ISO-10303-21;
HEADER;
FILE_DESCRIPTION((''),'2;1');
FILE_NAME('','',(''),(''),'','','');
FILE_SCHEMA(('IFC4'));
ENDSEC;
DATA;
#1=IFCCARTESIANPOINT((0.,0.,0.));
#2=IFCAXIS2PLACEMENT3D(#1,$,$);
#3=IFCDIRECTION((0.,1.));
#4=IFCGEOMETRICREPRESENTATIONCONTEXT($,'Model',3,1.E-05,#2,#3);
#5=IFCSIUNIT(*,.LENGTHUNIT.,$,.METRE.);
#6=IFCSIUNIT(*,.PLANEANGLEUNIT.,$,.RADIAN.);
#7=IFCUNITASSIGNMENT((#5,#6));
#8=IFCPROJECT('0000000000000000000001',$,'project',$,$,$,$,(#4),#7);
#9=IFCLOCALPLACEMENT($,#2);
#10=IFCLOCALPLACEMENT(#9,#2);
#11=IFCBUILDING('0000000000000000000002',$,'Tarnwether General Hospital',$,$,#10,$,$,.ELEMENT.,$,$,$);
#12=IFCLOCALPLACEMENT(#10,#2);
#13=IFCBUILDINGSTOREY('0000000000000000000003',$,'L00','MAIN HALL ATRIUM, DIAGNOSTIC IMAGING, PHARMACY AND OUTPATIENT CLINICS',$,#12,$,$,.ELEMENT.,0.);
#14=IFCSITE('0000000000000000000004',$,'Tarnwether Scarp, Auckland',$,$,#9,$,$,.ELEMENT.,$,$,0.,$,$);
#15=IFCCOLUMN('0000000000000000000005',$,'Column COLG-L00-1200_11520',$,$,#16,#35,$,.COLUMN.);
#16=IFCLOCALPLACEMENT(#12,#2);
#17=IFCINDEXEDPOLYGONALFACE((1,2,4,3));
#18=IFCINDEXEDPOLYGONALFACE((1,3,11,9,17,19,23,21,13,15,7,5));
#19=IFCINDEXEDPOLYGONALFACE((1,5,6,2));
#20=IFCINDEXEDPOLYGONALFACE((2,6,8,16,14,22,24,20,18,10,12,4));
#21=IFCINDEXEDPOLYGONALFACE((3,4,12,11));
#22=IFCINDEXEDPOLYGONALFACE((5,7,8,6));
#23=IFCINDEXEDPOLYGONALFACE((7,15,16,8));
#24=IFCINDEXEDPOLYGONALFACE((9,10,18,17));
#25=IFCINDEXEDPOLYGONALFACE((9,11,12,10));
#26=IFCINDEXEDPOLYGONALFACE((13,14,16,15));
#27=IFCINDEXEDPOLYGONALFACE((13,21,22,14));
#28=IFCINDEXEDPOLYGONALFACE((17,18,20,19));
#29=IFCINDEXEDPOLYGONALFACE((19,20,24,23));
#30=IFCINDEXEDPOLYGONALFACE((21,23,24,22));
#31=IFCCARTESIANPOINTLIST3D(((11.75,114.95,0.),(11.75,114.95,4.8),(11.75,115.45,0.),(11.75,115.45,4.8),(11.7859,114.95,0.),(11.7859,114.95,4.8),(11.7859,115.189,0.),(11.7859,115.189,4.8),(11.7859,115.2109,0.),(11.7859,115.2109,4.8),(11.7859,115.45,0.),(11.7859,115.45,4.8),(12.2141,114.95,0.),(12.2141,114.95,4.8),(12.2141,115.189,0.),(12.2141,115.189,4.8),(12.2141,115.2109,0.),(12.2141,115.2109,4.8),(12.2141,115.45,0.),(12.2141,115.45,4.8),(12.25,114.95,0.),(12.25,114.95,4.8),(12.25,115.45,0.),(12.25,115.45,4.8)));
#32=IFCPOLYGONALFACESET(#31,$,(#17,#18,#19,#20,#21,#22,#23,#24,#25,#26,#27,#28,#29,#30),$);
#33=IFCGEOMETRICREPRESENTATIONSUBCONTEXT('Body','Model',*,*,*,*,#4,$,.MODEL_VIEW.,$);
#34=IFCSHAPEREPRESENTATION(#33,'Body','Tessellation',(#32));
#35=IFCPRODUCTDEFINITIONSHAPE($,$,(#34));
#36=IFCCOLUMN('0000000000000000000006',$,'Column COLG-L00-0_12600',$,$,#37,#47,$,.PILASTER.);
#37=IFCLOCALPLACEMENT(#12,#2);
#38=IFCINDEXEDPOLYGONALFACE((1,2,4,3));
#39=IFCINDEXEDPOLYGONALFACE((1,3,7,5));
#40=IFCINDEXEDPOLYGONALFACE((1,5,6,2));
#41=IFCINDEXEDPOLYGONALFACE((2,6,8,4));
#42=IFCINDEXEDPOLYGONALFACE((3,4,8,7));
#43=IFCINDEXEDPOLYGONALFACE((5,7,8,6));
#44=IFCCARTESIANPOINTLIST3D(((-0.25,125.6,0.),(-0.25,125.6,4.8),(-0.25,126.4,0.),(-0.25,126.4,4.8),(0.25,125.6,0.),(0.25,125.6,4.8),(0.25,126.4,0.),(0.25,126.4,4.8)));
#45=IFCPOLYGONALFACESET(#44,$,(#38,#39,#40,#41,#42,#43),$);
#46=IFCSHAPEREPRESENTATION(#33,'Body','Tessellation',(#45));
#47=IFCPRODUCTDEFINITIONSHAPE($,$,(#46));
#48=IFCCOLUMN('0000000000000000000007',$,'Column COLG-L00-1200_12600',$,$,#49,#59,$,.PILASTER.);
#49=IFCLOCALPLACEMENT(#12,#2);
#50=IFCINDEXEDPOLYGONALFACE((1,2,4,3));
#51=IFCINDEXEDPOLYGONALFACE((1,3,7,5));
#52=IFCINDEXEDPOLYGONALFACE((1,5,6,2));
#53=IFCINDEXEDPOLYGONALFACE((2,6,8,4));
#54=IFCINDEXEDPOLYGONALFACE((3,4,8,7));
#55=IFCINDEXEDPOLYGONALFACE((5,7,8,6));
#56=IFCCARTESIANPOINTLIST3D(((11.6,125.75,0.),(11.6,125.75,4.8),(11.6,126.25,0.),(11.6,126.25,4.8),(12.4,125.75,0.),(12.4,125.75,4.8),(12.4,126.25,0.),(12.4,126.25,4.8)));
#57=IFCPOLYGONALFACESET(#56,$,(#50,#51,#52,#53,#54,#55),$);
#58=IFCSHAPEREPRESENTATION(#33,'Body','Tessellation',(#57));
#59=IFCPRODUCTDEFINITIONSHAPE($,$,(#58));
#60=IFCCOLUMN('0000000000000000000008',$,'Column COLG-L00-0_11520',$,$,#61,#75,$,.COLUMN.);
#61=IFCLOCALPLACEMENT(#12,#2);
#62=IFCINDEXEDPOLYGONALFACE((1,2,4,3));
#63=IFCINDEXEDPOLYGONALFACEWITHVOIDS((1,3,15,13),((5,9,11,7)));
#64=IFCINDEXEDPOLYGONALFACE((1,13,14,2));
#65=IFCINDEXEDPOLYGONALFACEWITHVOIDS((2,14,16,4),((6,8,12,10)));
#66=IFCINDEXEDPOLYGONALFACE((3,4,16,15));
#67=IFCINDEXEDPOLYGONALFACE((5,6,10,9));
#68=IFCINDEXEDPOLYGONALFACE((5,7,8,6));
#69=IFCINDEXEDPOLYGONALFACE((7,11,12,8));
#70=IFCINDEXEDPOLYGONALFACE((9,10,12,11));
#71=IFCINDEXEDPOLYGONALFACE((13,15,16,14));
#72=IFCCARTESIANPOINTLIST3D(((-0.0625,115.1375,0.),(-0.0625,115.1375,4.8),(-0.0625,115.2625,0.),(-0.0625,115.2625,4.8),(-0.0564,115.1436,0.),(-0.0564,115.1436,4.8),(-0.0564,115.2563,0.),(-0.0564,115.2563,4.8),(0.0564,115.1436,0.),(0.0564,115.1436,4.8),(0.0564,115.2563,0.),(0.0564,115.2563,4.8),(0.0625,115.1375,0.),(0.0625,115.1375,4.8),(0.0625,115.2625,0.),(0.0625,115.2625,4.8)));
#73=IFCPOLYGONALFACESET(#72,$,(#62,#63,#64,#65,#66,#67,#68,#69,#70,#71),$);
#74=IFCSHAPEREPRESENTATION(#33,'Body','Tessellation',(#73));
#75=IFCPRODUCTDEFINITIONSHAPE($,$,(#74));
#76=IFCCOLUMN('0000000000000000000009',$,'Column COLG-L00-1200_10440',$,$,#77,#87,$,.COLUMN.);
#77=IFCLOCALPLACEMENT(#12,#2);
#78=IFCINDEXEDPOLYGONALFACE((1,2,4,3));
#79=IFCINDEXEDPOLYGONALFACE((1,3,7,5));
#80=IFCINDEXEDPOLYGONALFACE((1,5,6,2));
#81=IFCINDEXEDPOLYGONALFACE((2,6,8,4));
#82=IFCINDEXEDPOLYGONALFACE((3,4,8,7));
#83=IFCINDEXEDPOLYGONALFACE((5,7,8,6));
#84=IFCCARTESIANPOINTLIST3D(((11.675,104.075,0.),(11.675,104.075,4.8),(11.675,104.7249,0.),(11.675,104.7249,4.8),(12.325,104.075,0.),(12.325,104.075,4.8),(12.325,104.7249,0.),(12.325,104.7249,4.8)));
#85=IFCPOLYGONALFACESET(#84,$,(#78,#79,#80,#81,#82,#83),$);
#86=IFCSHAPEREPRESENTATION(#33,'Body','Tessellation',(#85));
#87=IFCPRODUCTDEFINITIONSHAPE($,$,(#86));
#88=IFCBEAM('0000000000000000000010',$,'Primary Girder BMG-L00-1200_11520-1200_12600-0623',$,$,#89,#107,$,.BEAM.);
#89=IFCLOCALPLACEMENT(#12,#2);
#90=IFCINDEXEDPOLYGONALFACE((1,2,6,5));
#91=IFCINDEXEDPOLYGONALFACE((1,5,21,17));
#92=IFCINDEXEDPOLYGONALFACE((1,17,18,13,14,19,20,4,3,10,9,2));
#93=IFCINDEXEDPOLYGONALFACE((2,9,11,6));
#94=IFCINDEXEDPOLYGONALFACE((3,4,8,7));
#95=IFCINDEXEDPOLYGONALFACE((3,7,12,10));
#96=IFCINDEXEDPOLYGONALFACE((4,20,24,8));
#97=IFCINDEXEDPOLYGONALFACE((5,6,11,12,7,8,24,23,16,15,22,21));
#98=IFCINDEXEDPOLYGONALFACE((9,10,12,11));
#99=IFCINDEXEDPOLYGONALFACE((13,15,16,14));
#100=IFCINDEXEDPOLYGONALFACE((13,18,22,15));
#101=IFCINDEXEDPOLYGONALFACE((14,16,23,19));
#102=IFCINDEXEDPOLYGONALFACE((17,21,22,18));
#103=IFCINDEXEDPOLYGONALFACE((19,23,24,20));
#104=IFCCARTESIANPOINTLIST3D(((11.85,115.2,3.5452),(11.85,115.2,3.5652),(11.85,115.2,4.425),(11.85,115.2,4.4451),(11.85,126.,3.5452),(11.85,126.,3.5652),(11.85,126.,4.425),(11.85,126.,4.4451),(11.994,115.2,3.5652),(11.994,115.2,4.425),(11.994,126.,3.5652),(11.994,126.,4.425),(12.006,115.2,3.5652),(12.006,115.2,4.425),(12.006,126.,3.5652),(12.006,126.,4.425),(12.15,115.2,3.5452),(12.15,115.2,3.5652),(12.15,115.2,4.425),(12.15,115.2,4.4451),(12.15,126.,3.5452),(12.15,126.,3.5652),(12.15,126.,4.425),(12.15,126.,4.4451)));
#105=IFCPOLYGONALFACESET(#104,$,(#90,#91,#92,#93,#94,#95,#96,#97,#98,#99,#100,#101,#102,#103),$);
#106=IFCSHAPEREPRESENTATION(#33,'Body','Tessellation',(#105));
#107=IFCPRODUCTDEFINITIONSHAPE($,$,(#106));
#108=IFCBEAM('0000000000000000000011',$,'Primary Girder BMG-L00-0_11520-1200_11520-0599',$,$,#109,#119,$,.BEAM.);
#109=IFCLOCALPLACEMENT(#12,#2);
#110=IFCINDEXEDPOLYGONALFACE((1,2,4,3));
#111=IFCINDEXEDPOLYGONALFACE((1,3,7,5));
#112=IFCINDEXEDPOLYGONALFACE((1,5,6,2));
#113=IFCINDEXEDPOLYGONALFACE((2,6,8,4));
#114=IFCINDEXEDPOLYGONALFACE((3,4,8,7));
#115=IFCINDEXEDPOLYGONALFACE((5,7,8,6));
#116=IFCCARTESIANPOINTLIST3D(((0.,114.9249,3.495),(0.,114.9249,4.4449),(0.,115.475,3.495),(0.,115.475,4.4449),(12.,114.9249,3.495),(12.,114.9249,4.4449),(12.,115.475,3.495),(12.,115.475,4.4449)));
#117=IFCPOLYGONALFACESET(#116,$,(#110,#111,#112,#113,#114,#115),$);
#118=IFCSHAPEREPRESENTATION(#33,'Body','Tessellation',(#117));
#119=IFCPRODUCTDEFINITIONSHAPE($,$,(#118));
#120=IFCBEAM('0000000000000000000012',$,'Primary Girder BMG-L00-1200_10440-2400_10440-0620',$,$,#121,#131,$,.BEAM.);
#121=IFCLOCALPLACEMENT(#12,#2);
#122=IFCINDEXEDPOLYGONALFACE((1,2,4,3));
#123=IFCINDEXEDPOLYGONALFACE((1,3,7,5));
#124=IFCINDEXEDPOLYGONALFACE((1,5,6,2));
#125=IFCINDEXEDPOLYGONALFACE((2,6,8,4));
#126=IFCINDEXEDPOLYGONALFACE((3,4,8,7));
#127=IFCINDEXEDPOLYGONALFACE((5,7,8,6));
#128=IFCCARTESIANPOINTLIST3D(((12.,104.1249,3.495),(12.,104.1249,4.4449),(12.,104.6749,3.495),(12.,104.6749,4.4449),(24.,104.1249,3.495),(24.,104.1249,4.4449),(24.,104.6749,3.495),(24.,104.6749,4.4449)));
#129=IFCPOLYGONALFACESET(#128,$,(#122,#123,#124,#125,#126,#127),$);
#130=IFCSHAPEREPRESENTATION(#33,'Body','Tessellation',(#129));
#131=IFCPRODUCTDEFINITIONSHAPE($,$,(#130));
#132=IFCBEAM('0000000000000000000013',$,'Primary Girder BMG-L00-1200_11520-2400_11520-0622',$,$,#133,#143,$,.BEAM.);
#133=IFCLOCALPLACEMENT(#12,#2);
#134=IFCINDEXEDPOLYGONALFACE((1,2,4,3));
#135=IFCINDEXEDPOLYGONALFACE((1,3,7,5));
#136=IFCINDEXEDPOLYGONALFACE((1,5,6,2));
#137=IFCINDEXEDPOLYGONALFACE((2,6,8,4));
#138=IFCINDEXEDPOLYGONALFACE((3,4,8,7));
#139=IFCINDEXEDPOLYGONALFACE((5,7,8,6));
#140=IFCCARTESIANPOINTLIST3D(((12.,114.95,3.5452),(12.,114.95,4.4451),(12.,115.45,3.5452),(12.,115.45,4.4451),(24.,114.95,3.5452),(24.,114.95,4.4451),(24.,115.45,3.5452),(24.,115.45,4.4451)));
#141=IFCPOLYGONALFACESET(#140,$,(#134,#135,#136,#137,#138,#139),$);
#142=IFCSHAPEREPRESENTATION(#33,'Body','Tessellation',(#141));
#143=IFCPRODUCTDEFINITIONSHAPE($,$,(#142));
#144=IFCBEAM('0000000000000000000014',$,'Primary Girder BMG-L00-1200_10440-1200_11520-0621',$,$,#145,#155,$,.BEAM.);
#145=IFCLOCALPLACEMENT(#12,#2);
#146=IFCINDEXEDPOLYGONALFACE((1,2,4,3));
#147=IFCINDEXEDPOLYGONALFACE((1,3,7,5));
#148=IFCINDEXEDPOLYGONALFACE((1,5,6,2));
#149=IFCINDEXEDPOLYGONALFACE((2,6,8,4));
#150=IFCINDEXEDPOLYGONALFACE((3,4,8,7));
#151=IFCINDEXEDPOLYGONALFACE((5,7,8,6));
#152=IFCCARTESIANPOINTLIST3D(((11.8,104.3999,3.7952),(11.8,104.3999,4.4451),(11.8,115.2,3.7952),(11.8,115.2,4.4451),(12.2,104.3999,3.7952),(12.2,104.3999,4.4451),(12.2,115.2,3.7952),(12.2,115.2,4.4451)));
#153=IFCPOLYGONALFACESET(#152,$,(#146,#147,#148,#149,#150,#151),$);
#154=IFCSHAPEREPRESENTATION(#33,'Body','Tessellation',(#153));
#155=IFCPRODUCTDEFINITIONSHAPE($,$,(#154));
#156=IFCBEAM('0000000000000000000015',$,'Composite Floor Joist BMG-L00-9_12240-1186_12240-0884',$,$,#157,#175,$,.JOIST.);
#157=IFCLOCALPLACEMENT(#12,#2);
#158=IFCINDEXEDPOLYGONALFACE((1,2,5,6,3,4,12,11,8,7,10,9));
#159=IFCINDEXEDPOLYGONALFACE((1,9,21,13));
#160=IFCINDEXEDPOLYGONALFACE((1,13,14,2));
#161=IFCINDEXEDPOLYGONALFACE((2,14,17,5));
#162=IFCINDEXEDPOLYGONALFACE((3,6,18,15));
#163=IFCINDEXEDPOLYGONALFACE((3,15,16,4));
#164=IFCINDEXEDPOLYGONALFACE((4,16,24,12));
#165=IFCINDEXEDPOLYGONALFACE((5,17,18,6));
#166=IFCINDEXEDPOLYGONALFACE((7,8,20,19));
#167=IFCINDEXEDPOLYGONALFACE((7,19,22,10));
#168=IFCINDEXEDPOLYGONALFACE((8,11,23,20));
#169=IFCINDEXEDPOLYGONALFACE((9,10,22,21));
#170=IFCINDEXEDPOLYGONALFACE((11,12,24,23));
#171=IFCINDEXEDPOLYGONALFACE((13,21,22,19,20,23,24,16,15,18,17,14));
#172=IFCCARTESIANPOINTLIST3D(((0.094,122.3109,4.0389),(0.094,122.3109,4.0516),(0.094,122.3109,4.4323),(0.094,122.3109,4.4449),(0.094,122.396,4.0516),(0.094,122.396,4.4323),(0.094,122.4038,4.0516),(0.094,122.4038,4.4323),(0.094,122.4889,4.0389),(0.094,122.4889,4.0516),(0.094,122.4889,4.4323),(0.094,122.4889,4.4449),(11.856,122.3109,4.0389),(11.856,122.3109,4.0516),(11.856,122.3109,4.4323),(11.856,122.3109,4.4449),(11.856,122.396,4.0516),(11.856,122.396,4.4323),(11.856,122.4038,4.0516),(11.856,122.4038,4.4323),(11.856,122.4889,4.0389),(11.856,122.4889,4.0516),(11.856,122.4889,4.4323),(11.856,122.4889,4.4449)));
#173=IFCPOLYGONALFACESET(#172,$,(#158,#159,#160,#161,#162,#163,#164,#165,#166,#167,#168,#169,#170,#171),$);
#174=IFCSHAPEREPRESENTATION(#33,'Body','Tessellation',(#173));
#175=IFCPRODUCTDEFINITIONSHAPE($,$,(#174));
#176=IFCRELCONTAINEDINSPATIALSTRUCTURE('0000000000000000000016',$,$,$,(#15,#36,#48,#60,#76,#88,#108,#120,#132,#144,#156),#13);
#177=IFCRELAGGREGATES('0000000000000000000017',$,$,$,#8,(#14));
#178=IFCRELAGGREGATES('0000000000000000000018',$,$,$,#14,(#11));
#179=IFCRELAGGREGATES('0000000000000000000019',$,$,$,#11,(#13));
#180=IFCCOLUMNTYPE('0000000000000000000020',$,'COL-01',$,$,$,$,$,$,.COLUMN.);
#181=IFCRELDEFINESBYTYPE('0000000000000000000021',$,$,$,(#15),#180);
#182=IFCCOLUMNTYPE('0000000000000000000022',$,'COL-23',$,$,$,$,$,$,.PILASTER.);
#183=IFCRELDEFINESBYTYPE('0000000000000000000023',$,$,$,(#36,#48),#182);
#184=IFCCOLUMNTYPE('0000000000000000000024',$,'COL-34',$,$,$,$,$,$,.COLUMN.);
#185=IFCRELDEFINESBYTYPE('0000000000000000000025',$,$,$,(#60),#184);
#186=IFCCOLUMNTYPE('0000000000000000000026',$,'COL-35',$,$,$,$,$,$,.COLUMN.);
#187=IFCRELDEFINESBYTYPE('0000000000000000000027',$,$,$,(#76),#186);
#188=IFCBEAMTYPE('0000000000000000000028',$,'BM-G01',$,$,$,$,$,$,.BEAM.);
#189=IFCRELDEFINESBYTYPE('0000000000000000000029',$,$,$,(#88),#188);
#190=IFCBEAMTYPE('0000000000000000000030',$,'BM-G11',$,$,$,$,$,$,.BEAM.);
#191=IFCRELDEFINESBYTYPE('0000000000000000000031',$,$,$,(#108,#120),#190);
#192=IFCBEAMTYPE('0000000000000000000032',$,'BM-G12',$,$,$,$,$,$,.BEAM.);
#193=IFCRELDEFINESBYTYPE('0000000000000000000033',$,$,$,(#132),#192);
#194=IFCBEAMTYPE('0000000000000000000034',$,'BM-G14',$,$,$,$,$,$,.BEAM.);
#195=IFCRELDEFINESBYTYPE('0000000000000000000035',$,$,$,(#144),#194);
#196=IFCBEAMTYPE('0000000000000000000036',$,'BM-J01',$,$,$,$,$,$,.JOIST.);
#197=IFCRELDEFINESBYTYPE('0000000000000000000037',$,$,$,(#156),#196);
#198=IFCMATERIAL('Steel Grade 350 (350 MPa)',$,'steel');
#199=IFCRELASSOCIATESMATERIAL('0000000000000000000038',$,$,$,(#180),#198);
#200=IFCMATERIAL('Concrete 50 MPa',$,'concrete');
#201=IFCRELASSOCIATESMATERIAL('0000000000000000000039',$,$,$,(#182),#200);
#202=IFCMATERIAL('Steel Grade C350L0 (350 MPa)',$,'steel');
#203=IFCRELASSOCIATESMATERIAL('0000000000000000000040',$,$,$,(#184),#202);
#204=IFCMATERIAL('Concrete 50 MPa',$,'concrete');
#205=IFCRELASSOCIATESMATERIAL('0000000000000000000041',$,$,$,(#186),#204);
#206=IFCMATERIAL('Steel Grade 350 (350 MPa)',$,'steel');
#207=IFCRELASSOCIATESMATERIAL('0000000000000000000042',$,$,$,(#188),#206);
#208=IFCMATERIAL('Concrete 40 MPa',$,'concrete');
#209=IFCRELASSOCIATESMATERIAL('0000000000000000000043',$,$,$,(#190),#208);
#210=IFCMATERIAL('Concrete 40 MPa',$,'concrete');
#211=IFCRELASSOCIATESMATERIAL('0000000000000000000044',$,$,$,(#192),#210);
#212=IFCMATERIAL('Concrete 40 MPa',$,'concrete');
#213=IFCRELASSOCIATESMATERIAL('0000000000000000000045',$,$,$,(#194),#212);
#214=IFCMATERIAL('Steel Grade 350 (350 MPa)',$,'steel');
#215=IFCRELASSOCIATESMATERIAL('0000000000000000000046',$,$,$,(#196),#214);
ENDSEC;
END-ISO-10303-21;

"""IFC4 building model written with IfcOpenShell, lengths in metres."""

from ifc_helpers import new_model, si_unit, direction, frame, origin, origin_2d, place, context, subcontext, project, spatial, rectangle, hollow_rectangle, i_section, extrude, material, material_profile, profile_set, type_object, element, save


model = new_model("IFC4")

# Units and contexts
model_context = context("Model", 3, precision=1e-05, world=origin(), true_north=direction((0.0, 1.0)))
body_context = subcontext(model_context, "Body", "Model", "MODEL_VIEW")
ifc_project = project(units=[si_unit("LENGTHUNIT", "METRE"), si_unit("PLANEANGLEUNIT", "RADIAN")], contexts=[model_context])

# Site, building, storey
site_placement = place(None, origin())
site = spatial("IfcSite", under=ifc_project, at=site_placement, Name="Tarnwether Scarp, Auckland", CompositionType="ELEMENT", RefElevation=0.0)
building_placement = place(site_placement, origin())
building = spatial("IfcBuilding", under=site, at=building_placement, Name="Tarnwether General Hospital", CompositionType="ELEMENT")
storey_placement = place(building_placement, origin())
storey = spatial("IfcBuildingStorey", under=building, at=storey_placement, Name="L00", Description="MAIN HALL ATRIUM, DIAGNOSTIC IMAGING, PHARMACY AND OUTPATIENT CLINICS", CompositionType="ELEMENT", Elevation=0.0)

# Columns
ifc_material_1 = material(Name="Steel Grade 350 (350 MPa)", Category="steel")
ifc_material_profile_1 = material_profile(ifc_material_1, i_section(OverallWidth=0.5, OverallDepth=0.5, WebThickness=0.022, FlangeThickness=0.0359, at=origin_2d()), Name="500WC380")
ifc_profile_set_1 = profile_set([ifc_material_profile_1], Name="Steel Grade 350 (350 MPa)")
column_type_1 = type_object("IfcColumnType", Name="COL-01", PredefinedType="COLUMN", material=ifc_profile_set_1)
column_1_placement = place(storey_placement, frame((12.0, 115.2, 0.0), z_axis=(0.0, 0.0, 1.0), x_axis=(0.0, 1.0, 0.0)))
element("IfcColumn", 1, at=column_1_placement, inside=storey, type_object=column_type_1, Name="Column COLG-L00-1200_11520", PredefinedType="COLUMN", context=body_context, shape_type="SweptSolid", body=[
    extrude(i_section(OverallWidth=0.5, OverallDepth=0.5, WebThickness=0.022, FlangeThickness=0.0359, at=origin_2d()), origin(), (0.0, 0.0, 1.0), 4.8),
])
ifc_material_2 = material(Name="Concrete 50 MPa", Category="concrete")
ifc_material_profile_2 = material_profile(ifc_material_2, rectangle(XDim=0.5, YDim=0.8, at=origin_2d()), Name="RC-PIL-500x800")
ifc_profile_set_2 = profile_set([ifc_material_profile_2], Name="Concrete 50 MPa")
column_type_2 = type_object("IfcColumnType", Name="COL-23", PredefinedType="PILASTER", material=ifc_profile_set_2)
for number, where, z_axis, x_axis, name in (
    (2, (0.0, 126.0, 0.0), (0.0, 0.0, 1.0), (1.0, 0.0, 0.0), "Column COLG-L00-0_12600"),
    (3, (12.0, 126.0, 0.0), (0.0, 0.0, 1.0), (0.0, 1.0, 0.0), "Column COLG-L00-1200_12600"),
):
    element("IfcColumn", number, at=place(storey_placement, frame(where, z_axis=z_axis, x_axis=x_axis)), inside=storey, type_object=column_type_2, Name=name, PredefinedType="PILASTER", context=body_context, shape_type="SweptSolid", body=[
        extrude(rectangle(XDim=0.5, YDim=0.8, at=origin_2d()), origin(), (0.0, 0.0, 1.0), 4.8),
    ])
ifc_material_3 = material(Name="Steel Grade C350L0 (350 MPa)", Category="steel")
ifc_material_profile_3 = material_profile(ifc_material_3, hollow_rectangle(XDim=0.125, YDim=0.125, WallThickness=0.0061, at=origin_2d()), Name="SHS125x125x6")
ifc_profile_set_3 = profile_set([ifc_material_profile_3], Name="Steel Grade C350L0 (350 MPa)")
column_type_3 = type_object("IfcColumnType", Name="COL-34", PredefinedType="COLUMN", material=ifc_profile_set_3)
column_2_placement = place(storey_placement, frame((0.0, 115.2, 0.0), z_axis=(0.0, 0.0, 1.0), x_axis=(1.0, 0.0, 0.0)))
element("IfcColumn", 4, at=column_2_placement, inside=storey, type_object=column_type_3, Name="Column COLG-L00-0_11520", PredefinedType="COLUMN", context=body_context, shape_type="SweptSolid", body=[
    extrude(hollow_rectangle(XDim=0.125, YDim=0.125, WallThickness=0.0061, at=origin_2d()), origin(), (0.0, 0.0, 1.0), 4.8),
])
ifc_material_4 = material(Name="Concrete 50 MPa", Category="concrete")
ifc_material_profile_4 = material_profile(ifc_material_4, rectangle(XDim=0.6499, YDim=0.6499, at=origin_2d()), Name="RC-COL-650x650")
ifc_profile_set_4 = profile_set([ifc_material_profile_4], Name="Concrete 50 MPa")
column_type_4 = type_object("IfcColumnType", Name="COL-35", PredefinedType="COLUMN", material=ifc_profile_set_4)
column_3_placement = place(storey_placement, frame((12.0, 104.3999, 0.0), z_axis=(0.0, 0.0, 1.0), x_axis=(0.0, 1.0, 0.0)))
element("IfcColumn", 5, at=column_3_placement, inside=storey, type_object=column_type_4, Name="Column COLG-L00-1200_10440", PredefinedType="COLUMN", context=body_context, shape_type="SweptSolid", body=[
    extrude(rectangle(XDim=0.6499, YDim=0.6499, at=origin_2d()), origin(), (0.0, 0.0, 1.0), 4.8),
])

# Beams
ifc_material_5 = material(Name="Steel Grade 350 (350 MPa)", Category="steel")
ifc_material_profile_5 = material_profile(ifc_material_5, i_section(OverallWidth=0.3, OverallDepth=0.8999, WebThickness=0.012, FlangeThickness=0.02, at=origin_2d()), Name="900WB175")
ifc_profile_set_5 = profile_set([ifc_material_profile_5], Name="Steel Grade 350 (350 MPa)")
beam_type_1 = type_object("IfcBeamType", Name="BM-G01", PredefinedType="BEAM", material=ifc_profile_set_5)
beam_1_placement = place(storey_placement, frame((12.0, 115.2, 3.9951), z_axis=(0.0, 1.0, 0.0), x_axis=(-1.0, 0.0, 0.0)))
element("IfcBeam", 6, at=beam_1_placement, inside=storey, type_object=beam_type_1, Name="Primary Girder BMG-L00-1200_11520-1200_12600-0623", PredefinedType="BEAM", context=body_context, shape_type="SweptSolid", body=[
    extrude(i_section(OverallWidth=0.3, OverallDepth=0.8999, WebThickness=0.012, FlangeThickness=0.02, at=origin_2d()), origin(), (0.0, 0.0, 1.0), 10.8),
])
ifc_material_6 = material(Name="Concrete 40 MPa", Category="concrete")
ifc_material_profile_6 = material_profile(ifc_material_6, rectangle(XDim=0.55, YDim=0.95, at=origin_2d()), Name="RC-BM-550x950")
ifc_profile_set_6 = profile_set([ifc_material_profile_6], Name="Concrete 40 MPa")
beam_type_2 = type_object("IfcBeamType", Name="BM-G11", PredefinedType="BEAM", material=ifc_profile_set_6)
for number, where, z_axis, x_axis, name in (
    (7, (0.0, 115.2, 3.97), (1.0, 0.0, 0.0), (0.0, 1.0, 0.0), "Primary Girder BMG-L00-0_11520-1200_11520-0599"),
    (8, (12.0, 104.3999, 3.97), (1.0, 0.0, 0.0), (0.0, 1.0, 0.0), "Primary Girder BMG-L00-1200_10440-2400_10440-0620"),
):
    element("IfcBeam", number, at=place(storey_placement, frame(where, z_axis=z_axis, x_axis=x_axis)), inside=storey, type_object=beam_type_2, Name=name, PredefinedType="BEAM", context=body_context, shape_type="SweptSolid", body=[
        extrude(rectangle(XDim=0.55, YDim=0.95, at=origin_2d()), origin(), (0.0, 0.0, 1.0), 12.0),
    ])
ifc_material_7 = material(Name="Concrete 40 MPa", Category="concrete")
ifc_material_profile_7 = material_profile(ifc_material_7, rectangle(XDim=0.5, YDim=0.8999, at=origin_2d()), Name="RC-BM-500x900")
ifc_profile_set_7 = profile_set([ifc_material_profile_7], Name="Concrete 40 MPa")
beam_type_3 = type_object("IfcBeamType", Name="BM-G12", PredefinedType="BEAM", material=ifc_profile_set_7)
beam_2_placement = place(storey_placement, frame((12.0, 115.2, 3.9951), z_axis=(1.0, 0.0, 0.0), x_axis=(0.0, 1.0, 0.0)))
element("IfcBeam", 9, at=beam_2_placement, inside=storey, type_object=beam_type_3, Name="Primary Girder BMG-L00-1200_11520-2400_11520-0622", PredefinedType="BEAM", context=body_context, shape_type="SweptSolid", body=[
    extrude(rectangle(XDim=0.5, YDim=0.8999, at=origin_2d()), origin(), (0.0, 0.0, 1.0), 12.0),
])
ifc_material_8 = material(Name="Concrete 40 MPa", Category="concrete")
ifc_material_profile_8 = material_profile(ifc_material_8, rectangle(XDim=0.3999, YDim=0.6499, at=origin_2d()), Name="RC-BM-400x650")
ifc_profile_set_8 = profile_set([ifc_material_profile_8], Name="Concrete 40 MPa")
beam_type_4 = type_object("IfcBeamType", Name="BM-G14", PredefinedType="BEAM", material=ifc_profile_set_8)
beam_3_placement = place(storey_placement, frame((12.0, 104.3999, 4.1201), z_axis=(0.0, 1.0, 0.0), x_axis=(-1.0, 0.0, 0.0)))
element("IfcBeam", 10, at=beam_3_placement, inside=storey, type_object=beam_type_4, Name="Primary Girder BMG-L00-1200_10440-1200_11520-0621", PredefinedType="BEAM", context=body_context, shape_type="SweptSolid", body=[
    extrude(rectangle(XDim=0.3999, YDim=0.6499, at=origin_2d()), origin(), (0.0, 0.0, 1.0), 10.8),
])
ifc_material_9 = material(Name="Steel Grade 350 (350 MPa)", Category="steel")
ifc_material_profile_9 = material_profile(ifc_material_9, i_section(OverallWidth=0.178, OverallDepth=0.406, WebThickness=0.0078, FlangeThickness=0.0127, at=origin_2d()), Name="410UB59.7")
ifc_profile_set_9 = profile_set([ifc_material_profile_9], Name="Steel Grade 350 (350 MPa)")
beam_type_5 = type_object("IfcBeamType", Name="BM-J01", PredefinedType="JOIST", material=ifc_profile_set_9)
beam_4_placement = place(storey_placement, frame((0.094, 122.3999, 4.2419), z_axis=(1.0, 0.0, 0.0), x_axis=(0.0, 1.0, 0.0)))
element("IfcBeam", 11, at=beam_4_placement, inside=storey, type_object=beam_type_5, Name="Composite Floor Joist BMG-L00-9_12240-1186_12240-0884", PredefinedType="JOIST", context=body_context, shape_type="SweptSolid", body=[
    extrude(i_section(OverallWidth=0.178, OverallDepth=0.406, WebThickness=0.0078, FlangeThickness=0.0127, at=origin_2d()), origin(), (0.0, 0.0, 1.0), 11.762),
])

save(model, "model.ifc")
